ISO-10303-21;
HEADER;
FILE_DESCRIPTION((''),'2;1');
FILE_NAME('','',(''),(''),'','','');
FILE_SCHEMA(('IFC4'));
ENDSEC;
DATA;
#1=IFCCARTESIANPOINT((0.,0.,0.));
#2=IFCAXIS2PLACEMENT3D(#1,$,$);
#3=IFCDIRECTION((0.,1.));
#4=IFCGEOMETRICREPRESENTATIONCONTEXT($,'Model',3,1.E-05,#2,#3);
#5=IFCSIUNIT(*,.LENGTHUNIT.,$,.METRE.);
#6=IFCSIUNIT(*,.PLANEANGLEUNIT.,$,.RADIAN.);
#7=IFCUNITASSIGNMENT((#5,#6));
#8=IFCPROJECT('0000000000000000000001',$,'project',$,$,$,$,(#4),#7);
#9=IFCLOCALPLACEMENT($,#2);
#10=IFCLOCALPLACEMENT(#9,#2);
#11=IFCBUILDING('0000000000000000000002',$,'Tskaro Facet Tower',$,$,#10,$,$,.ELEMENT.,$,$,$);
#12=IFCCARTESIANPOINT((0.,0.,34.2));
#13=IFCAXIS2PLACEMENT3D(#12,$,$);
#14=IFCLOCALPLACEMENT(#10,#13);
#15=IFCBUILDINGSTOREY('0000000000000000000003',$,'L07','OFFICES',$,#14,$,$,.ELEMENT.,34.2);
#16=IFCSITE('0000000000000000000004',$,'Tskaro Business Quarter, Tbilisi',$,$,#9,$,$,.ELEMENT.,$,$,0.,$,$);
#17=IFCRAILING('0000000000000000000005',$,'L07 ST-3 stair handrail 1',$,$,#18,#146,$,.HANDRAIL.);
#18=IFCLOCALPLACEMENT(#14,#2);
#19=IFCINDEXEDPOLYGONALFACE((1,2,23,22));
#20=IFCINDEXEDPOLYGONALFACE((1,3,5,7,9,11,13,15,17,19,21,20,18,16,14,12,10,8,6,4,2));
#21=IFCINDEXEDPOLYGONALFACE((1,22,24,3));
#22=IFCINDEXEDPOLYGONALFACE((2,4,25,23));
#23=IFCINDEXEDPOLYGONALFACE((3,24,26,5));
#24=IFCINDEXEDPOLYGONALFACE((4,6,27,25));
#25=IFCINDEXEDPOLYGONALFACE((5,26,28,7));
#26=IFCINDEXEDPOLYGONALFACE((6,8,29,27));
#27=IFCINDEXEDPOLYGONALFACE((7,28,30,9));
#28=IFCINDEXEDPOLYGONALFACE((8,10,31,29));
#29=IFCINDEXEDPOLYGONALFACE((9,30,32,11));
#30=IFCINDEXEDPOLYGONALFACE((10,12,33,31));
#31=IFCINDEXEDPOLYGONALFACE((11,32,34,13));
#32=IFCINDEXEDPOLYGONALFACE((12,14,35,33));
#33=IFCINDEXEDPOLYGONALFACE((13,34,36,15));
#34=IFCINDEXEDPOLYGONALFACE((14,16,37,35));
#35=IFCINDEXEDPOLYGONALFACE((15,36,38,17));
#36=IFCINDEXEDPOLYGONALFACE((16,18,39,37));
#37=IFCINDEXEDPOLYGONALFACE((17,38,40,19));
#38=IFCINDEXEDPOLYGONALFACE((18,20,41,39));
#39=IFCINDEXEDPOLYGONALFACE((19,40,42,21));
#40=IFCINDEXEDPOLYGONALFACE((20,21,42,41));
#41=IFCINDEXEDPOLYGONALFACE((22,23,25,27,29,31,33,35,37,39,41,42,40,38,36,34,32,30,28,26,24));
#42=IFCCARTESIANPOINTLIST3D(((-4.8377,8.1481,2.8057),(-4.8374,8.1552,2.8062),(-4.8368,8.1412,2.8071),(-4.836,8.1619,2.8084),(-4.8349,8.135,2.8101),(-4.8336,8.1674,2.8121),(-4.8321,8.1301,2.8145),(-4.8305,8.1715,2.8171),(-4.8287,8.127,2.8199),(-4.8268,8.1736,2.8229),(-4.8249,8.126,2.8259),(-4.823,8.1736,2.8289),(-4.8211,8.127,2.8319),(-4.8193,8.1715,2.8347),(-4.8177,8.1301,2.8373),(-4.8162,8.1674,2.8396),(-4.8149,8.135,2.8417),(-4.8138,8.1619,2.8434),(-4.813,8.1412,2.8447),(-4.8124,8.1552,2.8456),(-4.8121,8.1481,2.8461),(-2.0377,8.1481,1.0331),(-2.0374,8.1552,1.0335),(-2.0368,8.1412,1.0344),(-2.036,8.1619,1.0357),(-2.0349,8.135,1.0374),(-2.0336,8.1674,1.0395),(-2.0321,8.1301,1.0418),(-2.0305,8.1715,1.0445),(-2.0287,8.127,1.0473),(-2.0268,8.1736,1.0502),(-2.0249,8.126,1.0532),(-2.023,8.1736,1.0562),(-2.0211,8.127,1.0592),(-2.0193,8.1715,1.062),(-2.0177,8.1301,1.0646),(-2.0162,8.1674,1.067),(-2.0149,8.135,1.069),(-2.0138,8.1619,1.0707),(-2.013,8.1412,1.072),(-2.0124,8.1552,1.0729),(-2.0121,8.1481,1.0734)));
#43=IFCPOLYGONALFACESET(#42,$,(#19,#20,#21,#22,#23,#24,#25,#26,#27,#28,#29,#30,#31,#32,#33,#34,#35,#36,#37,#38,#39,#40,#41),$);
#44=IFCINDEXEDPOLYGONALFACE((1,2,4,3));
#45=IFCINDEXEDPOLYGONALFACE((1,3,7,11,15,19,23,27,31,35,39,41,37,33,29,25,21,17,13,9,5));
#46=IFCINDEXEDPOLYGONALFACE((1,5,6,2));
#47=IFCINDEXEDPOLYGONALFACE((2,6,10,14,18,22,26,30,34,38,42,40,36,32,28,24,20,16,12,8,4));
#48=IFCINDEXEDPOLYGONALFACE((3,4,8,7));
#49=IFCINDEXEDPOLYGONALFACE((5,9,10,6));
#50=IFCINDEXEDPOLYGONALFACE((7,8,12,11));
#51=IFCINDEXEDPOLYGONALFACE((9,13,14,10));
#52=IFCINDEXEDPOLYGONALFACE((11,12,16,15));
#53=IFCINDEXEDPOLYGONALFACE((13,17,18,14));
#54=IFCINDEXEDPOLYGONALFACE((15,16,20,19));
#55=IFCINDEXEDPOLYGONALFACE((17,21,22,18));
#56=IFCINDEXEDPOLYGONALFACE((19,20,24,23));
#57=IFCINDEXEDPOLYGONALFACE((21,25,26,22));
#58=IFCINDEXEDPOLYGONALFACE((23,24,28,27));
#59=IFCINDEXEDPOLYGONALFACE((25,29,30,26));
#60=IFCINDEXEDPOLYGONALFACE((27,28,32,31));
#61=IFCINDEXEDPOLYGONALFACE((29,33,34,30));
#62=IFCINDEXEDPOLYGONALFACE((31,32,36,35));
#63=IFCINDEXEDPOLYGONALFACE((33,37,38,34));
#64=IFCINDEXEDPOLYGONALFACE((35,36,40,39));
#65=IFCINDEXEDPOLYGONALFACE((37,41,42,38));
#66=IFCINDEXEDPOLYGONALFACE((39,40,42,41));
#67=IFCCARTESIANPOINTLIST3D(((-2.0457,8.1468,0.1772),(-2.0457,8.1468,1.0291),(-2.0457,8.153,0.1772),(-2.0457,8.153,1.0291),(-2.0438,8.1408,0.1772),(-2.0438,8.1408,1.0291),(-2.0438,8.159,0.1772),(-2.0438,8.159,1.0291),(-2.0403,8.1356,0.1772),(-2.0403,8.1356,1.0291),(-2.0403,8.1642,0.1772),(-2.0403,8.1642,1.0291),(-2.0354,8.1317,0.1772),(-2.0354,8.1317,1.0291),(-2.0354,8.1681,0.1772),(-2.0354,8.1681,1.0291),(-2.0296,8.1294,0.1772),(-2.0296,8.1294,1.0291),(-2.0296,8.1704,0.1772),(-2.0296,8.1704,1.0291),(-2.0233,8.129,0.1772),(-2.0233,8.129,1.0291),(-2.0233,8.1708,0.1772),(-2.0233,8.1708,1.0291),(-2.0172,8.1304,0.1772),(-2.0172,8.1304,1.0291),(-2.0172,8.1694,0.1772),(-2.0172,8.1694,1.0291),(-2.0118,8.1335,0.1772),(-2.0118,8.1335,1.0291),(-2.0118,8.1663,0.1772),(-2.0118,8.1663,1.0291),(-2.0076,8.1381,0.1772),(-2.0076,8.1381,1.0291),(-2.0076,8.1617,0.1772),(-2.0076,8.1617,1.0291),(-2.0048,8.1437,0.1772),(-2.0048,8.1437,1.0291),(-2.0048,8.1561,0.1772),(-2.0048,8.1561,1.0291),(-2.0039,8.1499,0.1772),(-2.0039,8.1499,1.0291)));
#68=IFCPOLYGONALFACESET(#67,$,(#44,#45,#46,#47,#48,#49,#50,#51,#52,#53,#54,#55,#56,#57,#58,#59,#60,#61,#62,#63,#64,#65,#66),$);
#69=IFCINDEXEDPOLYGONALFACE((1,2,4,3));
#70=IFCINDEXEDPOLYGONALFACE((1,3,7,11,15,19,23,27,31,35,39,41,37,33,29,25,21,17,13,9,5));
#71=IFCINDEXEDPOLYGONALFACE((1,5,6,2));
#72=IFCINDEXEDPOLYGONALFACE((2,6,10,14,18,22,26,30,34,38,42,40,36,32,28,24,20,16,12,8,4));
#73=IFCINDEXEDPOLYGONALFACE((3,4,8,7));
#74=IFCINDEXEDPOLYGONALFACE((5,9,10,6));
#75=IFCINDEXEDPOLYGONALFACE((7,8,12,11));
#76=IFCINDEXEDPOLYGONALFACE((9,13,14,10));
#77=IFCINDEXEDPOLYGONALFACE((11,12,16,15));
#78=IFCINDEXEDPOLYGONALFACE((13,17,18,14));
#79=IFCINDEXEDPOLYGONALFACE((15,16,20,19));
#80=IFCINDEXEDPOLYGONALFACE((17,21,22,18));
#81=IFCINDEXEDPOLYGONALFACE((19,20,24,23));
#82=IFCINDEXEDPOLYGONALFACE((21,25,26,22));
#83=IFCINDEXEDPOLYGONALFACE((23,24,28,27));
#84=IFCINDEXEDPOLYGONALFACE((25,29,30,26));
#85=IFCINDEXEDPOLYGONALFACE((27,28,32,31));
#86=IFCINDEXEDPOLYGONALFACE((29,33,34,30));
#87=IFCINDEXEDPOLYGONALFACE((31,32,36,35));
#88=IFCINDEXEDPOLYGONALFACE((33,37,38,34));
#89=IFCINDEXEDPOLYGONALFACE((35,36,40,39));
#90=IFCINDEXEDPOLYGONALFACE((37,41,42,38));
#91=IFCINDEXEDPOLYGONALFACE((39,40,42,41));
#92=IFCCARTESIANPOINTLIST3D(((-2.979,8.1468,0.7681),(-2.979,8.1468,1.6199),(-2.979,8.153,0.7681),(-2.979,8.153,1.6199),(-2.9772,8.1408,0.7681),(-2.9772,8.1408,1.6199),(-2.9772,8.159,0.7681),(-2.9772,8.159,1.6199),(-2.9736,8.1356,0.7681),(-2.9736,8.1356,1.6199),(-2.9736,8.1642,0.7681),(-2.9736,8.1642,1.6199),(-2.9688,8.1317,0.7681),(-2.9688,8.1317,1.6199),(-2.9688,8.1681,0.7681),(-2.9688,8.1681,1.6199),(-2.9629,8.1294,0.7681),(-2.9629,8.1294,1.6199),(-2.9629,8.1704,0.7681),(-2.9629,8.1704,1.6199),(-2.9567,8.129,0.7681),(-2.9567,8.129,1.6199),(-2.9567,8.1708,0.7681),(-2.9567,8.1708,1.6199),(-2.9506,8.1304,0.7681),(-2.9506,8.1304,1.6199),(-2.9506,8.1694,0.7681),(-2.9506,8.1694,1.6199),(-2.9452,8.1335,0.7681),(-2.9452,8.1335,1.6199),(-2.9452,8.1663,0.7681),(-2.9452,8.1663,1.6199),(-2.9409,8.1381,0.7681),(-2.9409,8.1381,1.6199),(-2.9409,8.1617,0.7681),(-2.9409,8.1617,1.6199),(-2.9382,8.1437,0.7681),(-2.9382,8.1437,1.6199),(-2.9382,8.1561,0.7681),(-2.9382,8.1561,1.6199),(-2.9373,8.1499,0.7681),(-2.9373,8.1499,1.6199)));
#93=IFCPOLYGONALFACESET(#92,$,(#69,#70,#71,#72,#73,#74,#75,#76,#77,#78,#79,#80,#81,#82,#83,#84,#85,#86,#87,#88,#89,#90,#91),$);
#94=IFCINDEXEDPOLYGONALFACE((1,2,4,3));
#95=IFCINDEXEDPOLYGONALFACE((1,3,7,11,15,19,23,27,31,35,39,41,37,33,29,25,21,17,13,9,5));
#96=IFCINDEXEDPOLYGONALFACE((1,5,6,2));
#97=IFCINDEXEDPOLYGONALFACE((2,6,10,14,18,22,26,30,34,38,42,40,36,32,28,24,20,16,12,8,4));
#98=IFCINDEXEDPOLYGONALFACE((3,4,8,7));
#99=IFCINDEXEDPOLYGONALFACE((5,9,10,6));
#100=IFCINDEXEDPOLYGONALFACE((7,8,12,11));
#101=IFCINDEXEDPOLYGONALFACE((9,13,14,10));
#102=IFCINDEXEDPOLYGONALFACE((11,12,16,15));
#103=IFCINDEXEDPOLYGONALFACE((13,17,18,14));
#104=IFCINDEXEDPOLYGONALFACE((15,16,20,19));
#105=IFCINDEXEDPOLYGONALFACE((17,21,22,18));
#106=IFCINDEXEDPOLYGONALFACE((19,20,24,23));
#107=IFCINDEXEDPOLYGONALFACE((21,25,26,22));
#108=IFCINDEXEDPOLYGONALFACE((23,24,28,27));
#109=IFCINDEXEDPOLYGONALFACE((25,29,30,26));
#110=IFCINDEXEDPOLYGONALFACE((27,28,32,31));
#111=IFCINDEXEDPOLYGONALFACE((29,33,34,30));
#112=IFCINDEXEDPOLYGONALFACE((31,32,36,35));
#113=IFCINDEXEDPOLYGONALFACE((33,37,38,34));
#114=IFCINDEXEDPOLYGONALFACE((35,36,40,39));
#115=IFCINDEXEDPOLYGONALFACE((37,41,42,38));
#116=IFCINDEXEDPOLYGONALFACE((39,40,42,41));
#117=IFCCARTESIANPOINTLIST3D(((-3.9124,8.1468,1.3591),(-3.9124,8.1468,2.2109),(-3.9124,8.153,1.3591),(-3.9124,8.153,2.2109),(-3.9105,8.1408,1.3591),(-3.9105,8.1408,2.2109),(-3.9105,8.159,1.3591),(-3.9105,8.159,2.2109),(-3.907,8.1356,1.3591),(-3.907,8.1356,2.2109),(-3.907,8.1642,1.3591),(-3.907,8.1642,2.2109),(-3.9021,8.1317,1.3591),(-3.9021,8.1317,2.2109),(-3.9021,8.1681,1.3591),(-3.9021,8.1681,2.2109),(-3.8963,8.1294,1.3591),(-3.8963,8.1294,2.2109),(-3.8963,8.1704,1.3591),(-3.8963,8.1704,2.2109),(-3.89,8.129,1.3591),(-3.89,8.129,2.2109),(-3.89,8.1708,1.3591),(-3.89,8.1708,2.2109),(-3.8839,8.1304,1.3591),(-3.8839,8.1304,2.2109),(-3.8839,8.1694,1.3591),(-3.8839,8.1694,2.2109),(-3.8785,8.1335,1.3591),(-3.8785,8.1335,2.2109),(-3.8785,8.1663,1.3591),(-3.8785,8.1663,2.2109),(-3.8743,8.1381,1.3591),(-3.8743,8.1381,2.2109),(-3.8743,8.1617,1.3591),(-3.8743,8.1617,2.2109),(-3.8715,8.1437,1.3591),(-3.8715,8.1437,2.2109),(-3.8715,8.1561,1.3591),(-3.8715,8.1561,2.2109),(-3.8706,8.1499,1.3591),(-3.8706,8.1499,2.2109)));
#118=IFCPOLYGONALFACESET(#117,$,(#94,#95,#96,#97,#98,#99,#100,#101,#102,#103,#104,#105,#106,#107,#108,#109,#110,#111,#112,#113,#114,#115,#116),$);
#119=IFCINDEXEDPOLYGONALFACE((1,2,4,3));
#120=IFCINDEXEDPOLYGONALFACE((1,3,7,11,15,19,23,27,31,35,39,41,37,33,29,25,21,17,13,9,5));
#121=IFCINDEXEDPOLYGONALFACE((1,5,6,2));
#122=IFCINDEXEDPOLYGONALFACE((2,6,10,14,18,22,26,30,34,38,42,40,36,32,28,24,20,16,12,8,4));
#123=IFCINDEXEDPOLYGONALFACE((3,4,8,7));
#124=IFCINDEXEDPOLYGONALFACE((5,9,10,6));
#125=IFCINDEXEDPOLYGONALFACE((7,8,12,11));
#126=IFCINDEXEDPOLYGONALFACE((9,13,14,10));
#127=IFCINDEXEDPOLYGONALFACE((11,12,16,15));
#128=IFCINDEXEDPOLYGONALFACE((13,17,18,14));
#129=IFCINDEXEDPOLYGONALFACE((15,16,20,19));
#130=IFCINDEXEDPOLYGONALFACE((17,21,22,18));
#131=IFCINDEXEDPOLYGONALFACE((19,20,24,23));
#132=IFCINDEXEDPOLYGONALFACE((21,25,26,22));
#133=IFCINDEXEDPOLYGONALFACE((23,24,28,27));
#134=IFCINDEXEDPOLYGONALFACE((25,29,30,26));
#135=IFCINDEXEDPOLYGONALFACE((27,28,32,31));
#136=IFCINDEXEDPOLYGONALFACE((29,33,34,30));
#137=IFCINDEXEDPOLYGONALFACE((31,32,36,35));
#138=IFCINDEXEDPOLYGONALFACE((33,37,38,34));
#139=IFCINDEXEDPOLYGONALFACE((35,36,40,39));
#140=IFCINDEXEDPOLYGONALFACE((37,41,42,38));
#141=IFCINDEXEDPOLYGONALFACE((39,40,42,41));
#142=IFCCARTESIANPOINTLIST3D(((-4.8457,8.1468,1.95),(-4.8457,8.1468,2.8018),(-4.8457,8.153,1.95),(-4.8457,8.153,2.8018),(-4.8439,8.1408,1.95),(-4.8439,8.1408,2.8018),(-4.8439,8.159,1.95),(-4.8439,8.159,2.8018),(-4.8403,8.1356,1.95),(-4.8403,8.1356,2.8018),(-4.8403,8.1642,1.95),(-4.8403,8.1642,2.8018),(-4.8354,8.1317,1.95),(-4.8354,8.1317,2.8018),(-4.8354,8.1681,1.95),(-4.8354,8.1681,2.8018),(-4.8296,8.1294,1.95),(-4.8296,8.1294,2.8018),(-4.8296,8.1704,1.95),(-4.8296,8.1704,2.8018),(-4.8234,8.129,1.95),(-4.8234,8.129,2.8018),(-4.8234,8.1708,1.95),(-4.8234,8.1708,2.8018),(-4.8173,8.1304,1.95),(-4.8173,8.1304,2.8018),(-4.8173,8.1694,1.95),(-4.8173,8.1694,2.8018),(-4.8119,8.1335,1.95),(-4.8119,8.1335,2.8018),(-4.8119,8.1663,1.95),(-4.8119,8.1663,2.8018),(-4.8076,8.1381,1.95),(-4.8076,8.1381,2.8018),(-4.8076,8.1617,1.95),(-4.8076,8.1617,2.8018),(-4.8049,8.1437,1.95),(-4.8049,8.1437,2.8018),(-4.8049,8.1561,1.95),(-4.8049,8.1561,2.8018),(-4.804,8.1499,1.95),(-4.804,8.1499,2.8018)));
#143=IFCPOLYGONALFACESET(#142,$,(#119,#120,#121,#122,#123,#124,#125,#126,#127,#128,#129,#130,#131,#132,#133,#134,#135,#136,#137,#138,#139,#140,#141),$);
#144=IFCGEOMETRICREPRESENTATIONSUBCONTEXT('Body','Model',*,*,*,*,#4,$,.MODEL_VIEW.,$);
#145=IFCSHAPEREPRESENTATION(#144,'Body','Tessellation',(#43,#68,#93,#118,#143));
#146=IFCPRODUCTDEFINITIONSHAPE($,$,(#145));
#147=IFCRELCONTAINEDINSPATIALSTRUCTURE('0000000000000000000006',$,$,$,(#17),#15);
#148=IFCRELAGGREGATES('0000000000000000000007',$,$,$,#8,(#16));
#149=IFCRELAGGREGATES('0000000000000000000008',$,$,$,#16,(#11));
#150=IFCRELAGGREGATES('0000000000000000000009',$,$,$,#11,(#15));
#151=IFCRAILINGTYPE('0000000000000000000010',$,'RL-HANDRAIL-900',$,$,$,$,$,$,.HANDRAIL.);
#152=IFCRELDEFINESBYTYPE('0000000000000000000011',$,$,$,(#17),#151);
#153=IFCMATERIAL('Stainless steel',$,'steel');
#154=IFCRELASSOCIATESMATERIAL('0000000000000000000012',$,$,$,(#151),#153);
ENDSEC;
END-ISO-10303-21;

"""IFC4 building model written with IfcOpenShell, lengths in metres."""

from ifc_helpers import new_model, si_unit, direction, frame, origin, origin_2d, place, context, subcontext, project, spatial, circle, extrude, material, type_object, element, save


model = new_model("IFC4")

# Units and contexts
model_context = context("Model", 3, precision=1e-05, world=origin(), true_north=direction((0.0, 1.0)))
body_context = subcontext(model_context, "Body", "Model", "MODEL_VIEW")
ifc_project = project(units=[si_unit("LENGTHUNIT", "METRE"), si_unit("PLANEANGLEUNIT", "RADIAN")], contexts=[model_context])

# Site, building, storey
site_placement = place(None, origin())
site = spatial("IfcSite", under=ifc_project, at=site_placement, Name="Tskaro Business Quarter, Tbilisi", CompositionType="ELEMENT", RefElevation=0.0)
building_placement = place(site_placement, origin())
building = spatial("IfcBuilding", under=site, at=building_placement, Name="Tskaro Facet Tower", CompositionType="ELEMENT")
storey_placement = place(building_placement, frame((0.0, 0.0, 34.2)))
storey = spatial("IfcBuildingStorey", under=building, at=storey_placement, Name="L07", Description="OFFICES", CompositionType="ELEMENT", Elevation=34.2)

# Railing
ifc_material_1 = material(Name="Stainless steel", Category="steel")
railing_type_1 = type_object("IfcRailingType", Name="RL-HANDRAIL-900", PredefinedType="HANDRAIL", material=ifc_material_1)
railing_1_placement = place(storey_placement, frame((-2.0249, 8.1499, 0.1772)))
element("IfcRailing", 1, at=railing_1_placement, inside=storey, type_object=railing_type_1, Name="L07 ST-3 stair handrail 1", PredefinedType="HANDRAIL", context=body_context, shape_type="SweptSolid", body=[
    extrude(circle(Radius=0.0239, at=origin_2d()), frame((0.0, 0.0, 0.876), z_axis=(-0.844909, 0.0, 0.53491), x_axis=(0.0, -1.0, 0.0)), (0.0, 0.0, 1.0), 3.314),
    extrude(circle(Radius=0.021, at=origin_2d()), origin(), (0.0, 0.0, 1.0), 0.8518),
    extrude(circle(Radius=0.021, at=origin_2d()), frame((-0.9333, 0.0, 0.5908)), (0.0, 0.0, 1.0), 0.8518),
    extrude(circle(Radius=0.021, at=origin_2d()), frame((-1.8667, 0.0, 1.1819)), (0.0, 0.0, 1.0), 0.8518),
    extrude(circle(Radius=0.021, at=origin_2d()), frame((-2.8, 0.0, 1.7727)), (0.0, 0.0, 1.0), 0.8518),
])

save(model, "model.ifc")
